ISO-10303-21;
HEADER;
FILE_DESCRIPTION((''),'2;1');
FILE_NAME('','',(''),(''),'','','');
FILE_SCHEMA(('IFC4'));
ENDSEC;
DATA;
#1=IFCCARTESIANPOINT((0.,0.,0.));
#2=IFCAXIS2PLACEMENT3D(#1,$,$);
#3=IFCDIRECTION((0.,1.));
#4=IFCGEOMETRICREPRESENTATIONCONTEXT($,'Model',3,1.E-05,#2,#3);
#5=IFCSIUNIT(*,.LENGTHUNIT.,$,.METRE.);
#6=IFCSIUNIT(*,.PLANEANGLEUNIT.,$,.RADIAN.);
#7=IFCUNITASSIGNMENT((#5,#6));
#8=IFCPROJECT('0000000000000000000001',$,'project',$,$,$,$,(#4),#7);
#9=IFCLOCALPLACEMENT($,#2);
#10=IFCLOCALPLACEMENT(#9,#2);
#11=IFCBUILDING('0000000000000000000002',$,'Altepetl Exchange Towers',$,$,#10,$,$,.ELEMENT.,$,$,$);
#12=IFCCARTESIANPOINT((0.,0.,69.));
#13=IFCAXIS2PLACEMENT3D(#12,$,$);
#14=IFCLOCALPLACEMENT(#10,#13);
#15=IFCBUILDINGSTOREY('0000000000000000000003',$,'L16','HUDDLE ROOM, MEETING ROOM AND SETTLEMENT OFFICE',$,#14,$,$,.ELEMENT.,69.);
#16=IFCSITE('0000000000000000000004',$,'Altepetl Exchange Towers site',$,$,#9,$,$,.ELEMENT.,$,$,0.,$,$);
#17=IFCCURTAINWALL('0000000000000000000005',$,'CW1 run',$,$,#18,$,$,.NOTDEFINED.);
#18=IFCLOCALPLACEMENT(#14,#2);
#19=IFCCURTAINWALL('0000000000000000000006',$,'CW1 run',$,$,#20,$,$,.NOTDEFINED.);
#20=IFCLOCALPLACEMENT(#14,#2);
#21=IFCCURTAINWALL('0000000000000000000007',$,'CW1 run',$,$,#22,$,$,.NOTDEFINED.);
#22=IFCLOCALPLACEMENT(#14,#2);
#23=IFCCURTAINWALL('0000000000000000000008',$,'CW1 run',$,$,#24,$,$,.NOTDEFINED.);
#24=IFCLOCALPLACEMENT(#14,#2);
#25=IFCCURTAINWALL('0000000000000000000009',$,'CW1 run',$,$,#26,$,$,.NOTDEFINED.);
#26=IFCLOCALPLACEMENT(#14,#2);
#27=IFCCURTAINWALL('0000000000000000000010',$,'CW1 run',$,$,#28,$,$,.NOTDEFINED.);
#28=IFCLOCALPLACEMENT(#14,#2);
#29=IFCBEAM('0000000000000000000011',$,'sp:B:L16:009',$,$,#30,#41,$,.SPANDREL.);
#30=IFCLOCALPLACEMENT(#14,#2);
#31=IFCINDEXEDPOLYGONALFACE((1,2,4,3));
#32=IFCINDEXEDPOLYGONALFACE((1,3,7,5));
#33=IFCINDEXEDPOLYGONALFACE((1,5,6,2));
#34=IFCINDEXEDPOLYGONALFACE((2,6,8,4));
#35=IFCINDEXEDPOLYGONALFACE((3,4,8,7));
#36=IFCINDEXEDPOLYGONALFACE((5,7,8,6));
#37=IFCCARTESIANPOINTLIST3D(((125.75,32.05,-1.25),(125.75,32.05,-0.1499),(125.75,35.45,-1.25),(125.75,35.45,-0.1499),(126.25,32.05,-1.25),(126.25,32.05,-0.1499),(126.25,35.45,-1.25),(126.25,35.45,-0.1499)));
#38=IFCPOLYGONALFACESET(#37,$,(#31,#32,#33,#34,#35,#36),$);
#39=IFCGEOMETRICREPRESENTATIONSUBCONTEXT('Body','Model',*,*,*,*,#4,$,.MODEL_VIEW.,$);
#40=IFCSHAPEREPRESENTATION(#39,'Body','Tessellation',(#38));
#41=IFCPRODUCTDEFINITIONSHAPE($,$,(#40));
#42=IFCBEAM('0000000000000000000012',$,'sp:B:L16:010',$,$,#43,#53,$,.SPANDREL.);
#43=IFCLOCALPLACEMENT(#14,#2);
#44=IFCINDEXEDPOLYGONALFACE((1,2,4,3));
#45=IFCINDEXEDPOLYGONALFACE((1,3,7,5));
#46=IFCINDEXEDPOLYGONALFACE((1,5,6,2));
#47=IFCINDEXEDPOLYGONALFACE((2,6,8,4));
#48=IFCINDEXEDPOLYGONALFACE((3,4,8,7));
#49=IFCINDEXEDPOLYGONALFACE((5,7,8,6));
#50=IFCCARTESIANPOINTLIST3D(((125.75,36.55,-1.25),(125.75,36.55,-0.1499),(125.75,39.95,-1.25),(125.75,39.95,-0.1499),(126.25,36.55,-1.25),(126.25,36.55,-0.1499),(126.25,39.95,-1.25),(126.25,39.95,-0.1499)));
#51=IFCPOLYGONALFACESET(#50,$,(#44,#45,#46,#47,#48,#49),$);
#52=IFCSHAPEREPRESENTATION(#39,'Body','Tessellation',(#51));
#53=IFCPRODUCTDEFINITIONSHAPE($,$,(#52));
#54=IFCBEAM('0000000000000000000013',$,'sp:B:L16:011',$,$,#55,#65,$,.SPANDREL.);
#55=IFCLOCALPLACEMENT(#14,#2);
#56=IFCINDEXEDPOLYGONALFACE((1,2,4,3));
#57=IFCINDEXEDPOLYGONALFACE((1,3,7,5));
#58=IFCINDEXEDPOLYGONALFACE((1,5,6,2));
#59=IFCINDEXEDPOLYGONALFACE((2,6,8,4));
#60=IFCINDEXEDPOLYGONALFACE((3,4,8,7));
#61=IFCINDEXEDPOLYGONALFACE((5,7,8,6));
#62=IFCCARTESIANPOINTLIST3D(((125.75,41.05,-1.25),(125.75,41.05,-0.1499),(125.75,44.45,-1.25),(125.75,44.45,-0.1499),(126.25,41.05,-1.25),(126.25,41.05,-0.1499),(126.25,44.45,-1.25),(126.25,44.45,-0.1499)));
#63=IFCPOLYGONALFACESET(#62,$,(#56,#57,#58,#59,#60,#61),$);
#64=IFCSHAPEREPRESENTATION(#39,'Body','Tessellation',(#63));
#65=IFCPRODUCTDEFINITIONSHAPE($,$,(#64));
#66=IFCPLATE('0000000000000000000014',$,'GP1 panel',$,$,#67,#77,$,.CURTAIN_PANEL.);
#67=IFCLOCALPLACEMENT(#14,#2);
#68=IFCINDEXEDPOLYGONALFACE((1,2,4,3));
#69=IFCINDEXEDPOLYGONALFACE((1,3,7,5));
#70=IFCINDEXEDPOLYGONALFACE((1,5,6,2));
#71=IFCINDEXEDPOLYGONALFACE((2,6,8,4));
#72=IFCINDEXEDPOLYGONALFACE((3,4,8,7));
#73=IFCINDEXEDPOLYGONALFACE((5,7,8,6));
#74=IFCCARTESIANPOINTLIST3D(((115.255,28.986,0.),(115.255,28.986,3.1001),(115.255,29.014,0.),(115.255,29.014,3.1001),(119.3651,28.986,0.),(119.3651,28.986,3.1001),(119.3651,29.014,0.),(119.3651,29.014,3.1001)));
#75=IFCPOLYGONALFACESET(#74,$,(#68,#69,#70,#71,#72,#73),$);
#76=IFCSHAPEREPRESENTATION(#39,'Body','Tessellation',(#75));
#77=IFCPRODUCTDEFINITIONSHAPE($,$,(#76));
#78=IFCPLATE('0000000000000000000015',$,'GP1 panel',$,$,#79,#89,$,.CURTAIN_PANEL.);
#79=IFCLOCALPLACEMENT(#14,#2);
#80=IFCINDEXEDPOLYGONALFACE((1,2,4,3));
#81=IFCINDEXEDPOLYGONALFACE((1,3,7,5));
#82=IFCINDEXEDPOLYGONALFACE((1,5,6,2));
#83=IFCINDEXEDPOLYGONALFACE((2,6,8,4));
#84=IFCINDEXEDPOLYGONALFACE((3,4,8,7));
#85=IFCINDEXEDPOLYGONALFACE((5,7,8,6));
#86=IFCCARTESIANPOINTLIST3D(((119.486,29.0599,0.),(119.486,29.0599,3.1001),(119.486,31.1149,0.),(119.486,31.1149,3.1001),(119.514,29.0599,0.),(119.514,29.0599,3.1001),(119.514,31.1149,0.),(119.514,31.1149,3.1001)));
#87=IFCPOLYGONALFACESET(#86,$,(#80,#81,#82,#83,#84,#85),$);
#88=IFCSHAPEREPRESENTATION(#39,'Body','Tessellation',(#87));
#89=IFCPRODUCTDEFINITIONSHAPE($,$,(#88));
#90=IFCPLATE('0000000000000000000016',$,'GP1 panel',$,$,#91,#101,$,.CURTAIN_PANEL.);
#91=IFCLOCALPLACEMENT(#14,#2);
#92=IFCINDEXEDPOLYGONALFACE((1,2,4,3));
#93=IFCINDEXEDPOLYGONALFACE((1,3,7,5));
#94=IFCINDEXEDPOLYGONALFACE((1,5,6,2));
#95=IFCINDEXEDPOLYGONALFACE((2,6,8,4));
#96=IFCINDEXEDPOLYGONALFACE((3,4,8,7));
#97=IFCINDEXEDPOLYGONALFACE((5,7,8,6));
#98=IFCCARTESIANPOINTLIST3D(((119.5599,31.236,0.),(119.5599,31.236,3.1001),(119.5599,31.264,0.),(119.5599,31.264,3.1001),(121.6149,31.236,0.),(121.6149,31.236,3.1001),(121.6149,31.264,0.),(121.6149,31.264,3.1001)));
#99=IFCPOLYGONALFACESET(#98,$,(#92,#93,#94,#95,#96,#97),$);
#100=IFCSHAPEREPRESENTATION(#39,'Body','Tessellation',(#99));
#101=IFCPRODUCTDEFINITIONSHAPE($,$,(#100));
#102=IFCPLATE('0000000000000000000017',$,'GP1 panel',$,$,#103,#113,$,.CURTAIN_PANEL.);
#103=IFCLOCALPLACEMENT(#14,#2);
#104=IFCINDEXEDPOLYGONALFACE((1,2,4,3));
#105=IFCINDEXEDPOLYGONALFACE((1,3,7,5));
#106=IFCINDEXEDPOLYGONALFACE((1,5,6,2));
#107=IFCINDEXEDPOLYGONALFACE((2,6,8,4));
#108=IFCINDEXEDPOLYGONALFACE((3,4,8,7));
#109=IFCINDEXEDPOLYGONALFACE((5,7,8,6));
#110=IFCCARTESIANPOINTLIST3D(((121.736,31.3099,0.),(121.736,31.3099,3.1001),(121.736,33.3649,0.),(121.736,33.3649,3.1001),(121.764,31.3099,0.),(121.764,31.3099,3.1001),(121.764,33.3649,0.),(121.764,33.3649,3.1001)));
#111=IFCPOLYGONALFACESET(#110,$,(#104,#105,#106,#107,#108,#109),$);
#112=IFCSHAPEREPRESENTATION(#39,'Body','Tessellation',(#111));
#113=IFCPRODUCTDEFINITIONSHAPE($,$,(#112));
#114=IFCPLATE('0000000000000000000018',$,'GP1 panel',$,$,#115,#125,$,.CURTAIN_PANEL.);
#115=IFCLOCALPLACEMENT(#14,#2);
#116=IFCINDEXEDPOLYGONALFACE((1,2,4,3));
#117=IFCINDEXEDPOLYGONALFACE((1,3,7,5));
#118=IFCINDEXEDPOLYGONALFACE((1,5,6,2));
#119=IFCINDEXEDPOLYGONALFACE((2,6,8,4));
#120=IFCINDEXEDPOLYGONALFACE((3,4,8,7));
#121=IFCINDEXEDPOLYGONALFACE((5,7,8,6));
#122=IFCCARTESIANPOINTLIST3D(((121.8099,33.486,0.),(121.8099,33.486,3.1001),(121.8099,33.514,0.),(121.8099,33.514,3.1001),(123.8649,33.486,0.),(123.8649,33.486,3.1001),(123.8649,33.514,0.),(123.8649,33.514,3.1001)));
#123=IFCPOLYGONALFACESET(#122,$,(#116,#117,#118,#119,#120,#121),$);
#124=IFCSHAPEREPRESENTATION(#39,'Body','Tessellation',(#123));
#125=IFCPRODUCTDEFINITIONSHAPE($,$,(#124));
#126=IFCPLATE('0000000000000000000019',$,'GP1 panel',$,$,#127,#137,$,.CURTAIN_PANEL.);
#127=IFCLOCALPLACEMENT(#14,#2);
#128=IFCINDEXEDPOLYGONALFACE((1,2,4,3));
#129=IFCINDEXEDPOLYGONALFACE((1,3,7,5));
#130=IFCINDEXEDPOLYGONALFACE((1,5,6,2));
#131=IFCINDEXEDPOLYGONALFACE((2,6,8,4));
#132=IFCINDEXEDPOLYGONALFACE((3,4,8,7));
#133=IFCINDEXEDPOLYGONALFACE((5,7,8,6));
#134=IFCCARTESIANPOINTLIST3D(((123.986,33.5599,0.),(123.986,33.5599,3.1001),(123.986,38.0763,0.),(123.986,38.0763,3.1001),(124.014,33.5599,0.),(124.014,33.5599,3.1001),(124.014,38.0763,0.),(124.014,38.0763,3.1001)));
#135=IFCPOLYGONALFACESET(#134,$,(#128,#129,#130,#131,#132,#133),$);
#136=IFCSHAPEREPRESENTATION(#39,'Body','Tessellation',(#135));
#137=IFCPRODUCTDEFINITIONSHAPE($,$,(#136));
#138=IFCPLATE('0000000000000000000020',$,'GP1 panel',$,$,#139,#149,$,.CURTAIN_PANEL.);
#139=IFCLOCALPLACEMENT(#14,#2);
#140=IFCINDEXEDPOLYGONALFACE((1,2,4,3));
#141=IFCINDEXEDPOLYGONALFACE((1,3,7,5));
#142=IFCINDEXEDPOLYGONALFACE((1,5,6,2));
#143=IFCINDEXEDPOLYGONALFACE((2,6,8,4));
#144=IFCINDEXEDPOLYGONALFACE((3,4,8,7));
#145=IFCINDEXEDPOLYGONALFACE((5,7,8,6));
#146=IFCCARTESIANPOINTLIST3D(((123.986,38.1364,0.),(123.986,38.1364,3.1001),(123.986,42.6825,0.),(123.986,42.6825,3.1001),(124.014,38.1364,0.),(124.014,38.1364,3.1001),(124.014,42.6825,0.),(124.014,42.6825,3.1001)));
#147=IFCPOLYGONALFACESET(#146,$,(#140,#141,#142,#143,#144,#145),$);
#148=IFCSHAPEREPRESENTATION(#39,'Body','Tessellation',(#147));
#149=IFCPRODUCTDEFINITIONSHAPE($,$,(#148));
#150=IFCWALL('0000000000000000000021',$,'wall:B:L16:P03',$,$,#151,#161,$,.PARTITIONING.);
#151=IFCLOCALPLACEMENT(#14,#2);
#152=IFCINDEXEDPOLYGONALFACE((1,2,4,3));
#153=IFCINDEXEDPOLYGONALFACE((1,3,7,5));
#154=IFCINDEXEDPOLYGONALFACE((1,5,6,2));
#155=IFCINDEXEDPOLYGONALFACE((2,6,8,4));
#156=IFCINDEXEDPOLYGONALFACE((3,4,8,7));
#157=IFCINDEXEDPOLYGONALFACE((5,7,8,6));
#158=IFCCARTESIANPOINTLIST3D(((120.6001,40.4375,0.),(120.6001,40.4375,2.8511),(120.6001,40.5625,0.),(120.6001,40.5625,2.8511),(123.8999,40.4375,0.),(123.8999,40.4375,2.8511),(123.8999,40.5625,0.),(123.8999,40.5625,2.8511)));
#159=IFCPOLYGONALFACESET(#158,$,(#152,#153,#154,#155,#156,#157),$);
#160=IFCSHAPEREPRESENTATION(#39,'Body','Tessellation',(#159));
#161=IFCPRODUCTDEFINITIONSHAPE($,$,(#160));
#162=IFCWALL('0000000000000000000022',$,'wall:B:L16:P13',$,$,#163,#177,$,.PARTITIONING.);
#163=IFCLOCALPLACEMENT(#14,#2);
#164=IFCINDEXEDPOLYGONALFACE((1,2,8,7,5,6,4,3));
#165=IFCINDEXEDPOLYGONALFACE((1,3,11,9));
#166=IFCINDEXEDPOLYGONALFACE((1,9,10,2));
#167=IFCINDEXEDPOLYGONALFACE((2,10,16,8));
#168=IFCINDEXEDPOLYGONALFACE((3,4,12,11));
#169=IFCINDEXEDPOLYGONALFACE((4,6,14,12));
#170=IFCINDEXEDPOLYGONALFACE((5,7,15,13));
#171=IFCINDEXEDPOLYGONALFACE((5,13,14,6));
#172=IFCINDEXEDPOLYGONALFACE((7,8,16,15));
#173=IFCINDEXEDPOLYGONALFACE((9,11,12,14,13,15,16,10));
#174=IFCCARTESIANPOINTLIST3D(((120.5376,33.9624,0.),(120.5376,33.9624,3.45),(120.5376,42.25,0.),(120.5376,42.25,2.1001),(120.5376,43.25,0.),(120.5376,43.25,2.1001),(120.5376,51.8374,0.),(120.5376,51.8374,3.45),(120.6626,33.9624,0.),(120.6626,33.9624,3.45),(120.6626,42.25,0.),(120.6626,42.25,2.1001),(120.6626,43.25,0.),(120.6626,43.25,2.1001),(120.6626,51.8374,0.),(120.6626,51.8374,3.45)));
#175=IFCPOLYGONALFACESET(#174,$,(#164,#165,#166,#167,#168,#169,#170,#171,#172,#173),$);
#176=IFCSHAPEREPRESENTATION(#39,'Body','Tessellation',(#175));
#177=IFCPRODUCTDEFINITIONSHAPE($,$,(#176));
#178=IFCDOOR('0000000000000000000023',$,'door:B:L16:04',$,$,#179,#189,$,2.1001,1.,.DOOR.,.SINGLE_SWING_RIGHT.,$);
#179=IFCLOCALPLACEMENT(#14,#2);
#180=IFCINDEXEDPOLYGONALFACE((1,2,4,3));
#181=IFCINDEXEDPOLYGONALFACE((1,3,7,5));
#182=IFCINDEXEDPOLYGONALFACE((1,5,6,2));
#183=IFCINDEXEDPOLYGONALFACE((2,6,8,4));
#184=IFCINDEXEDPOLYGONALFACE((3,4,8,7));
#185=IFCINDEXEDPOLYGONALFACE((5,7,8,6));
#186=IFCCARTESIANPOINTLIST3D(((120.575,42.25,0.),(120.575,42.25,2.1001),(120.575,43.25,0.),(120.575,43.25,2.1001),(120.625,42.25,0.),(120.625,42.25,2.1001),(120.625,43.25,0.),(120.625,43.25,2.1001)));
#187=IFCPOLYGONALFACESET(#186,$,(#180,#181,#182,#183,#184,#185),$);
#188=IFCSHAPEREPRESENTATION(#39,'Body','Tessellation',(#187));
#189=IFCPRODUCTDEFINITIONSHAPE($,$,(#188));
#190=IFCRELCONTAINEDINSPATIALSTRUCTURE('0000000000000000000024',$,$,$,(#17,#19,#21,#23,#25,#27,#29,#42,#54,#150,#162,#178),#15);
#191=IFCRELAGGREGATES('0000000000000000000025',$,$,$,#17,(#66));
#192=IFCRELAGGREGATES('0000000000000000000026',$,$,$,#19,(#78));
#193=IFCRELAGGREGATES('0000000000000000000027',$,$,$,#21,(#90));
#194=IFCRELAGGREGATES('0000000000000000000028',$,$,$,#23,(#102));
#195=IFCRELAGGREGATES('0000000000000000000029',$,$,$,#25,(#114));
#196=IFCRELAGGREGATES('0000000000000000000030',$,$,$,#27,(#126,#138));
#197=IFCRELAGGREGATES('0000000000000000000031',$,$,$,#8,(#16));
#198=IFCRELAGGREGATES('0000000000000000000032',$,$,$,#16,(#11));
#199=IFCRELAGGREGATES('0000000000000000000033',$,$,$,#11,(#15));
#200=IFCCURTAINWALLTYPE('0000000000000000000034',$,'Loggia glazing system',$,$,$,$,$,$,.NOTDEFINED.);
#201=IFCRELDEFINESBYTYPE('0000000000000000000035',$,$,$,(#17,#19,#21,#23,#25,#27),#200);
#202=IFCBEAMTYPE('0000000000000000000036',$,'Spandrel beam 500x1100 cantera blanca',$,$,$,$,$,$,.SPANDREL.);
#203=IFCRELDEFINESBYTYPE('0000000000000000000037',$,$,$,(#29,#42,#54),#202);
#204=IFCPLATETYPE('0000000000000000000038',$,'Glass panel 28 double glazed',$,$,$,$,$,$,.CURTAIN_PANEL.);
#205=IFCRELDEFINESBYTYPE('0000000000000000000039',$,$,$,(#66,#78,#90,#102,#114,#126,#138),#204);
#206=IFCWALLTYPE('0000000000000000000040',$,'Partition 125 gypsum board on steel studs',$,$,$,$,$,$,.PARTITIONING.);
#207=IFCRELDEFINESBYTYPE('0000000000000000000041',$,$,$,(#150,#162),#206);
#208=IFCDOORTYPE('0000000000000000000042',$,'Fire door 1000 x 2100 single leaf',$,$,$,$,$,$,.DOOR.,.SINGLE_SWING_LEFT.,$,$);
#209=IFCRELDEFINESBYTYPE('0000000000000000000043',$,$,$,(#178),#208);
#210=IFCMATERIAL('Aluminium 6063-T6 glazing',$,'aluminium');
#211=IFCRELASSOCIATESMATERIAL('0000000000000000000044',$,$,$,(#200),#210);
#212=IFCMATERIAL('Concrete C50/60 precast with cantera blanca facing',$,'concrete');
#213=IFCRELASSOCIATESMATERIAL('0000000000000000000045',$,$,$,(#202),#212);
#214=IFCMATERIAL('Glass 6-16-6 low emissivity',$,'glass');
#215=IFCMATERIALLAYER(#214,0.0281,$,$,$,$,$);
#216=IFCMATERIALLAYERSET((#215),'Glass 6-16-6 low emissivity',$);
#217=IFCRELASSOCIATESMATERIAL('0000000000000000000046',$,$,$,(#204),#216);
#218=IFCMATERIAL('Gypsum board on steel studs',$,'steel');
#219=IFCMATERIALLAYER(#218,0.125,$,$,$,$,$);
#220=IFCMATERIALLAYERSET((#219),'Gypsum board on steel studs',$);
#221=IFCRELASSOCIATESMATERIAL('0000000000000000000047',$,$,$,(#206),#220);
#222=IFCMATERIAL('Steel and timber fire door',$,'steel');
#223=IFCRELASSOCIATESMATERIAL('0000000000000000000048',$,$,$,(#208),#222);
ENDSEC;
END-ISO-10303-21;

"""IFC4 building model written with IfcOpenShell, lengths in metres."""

from ifc_helpers import new_model, si_unit, direction, frame, frame_2d, origin, origin_2d, place, context, subcontext, project, spatial, rectangle, extrude, material, layer, layer_set, material_profile, profile_set, type_object, element, fill, aggregate, save


model = new_model("IFC4")

# Units and contexts
model_context = context("Model", 3, precision=1e-05, world=origin(), true_north=direction((0.0, 1.0)))
body_context = subcontext(model_context, "Body", "Model", "MODEL_VIEW")
ifc_project = project(units=[si_unit("LENGTHUNIT", "METRE"), si_unit("PLANEANGLEUNIT", "RADIAN")], contexts=[model_context])

# Site, building, storey
site_placement = place(None, origin())
site = spatial("IfcSite", under=ifc_project, at=site_placement, Name="Altepetl Exchange Towers site", CompositionType="ELEMENT", RefElevation=0.0)
building_placement = place(site_placement, origin())
building = spatial("IfcBuilding", under=site, at=building_placement, Name="Altepetl Exchange Towers", CompositionType="ELEMENT")
storey_placement = place(building_placement, frame((0.0, 0.0, 69.0)))
storey = spatial("IfcBuildingStorey", under=building, at=storey_placement, Name="L16", Description="HUDDLE ROOM, MEETING ROOM AND SETTLEMENT OFFICE", CompositionType="ELEMENT", Elevation=69.0)

# Curtain wall
ifc_material_1 = material(Name="Aluminium 6063-T6 glazing", Category="aluminium")
curtain_wall_type = type_object("IfcCurtainWallType", Name="Loggia glazing system", PredefinedType="NOTDEFINED", material=ifc_material_1)
curtain_wall_1_placement = place(storey_placement, origin())
curtain_wall_1 = element("IfcCurtainWall", 1, at=curtain_wall_1_placement, inside=storey, type_object=curtain_wall_type, Name="CW1 run", PredefinedType="NOTDEFINED")

# Curtain walls
curtain_wall_2_placement = place(storey_placement, origin())
curtain_wall_2 = element("IfcCurtainWall", 2, at=curtain_wall_2_placement, inside=storey, type_object=curtain_wall_type, Name="CW1 run", PredefinedType="NOTDEFINED")
curtain_wall_3_placement = place(storey_placement, origin())
curtain_wall_3 = element("IfcCurtainWall", 3, at=curtain_wall_3_placement, inside=storey, type_object=curtain_wall_type, Name="CW1 run", PredefinedType="NOTDEFINED")
curtain_wall_4_placement = place(storey_placement, origin())
curtain_wall_4 = element("IfcCurtainWall", 4, at=curtain_wall_4_placement, inside=storey, type_object=curtain_wall_type, Name="CW1 run", PredefinedType="NOTDEFINED")
curtain_wall_5_placement = place(storey_placement, origin())
curtain_wall_5 = element("IfcCurtainWall", 5, at=curtain_wall_5_placement, inside=storey, type_object=curtain_wall_type, Name="CW1 run", PredefinedType="NOTDEFINED")
curtain_wall_6_placement = place(storey_placement, origin())
curtain_wall_6 = element("IfcCurtainWall", 6, at=curtain_wall_6_placement, inside=storey, type_object=curtain_wall_type, Name="CW1 run", PredefinedType="NOTDEFINED")

# Beams
ifc_material_2 = material(Name="Concrete C50/60 precast with cantera blanca facing", Category="concrete")
ifc_material_profile_1 = material_profile(ifc_material_2, rectangle(XDim=0.5, YDim=1.1001, at=origin_2d()), Name="500 x 1100")
ifc_profile_set_1 = profile_set([ifc_material_profile_1], Name="Concrete C50/60 precast with cantera blanca facing")
beam_type_1 = type_object("IfcBeamType", Name="Spandrel beam 500x1100 cantera blanca", PredefinedType="SPANDREL", material=ifc_profile_set_1)
for number, where, z_axis, x_axis, name in (
    (7, (126.0, 32.05, -0.7), (0.0, 1.0, 0.0), (-1.0, 0.0, 0.0), "sp:B:L16:009"),
    (8, (126.0, 36.55, -0.7), (0.0, 1.0, 0.0), (-1.0, 0.0, 0.0), "sp:B:L16:010"),
    (9, (126.0, 41.05, -0.7), (0.0, 1.0, 0.0), (-1.0, 0.0, 0.0), "sp:B:L16:011"),
):
    element("IfcBeam", number, at=place(storey_placement, frame(where, z_axis=z_axis, x_axis=x_axis)), inside=storey, type_object=beam_type_1, Name=name, PredefinedType="SPANDREL", context=body_context, shape_type="SweptSolid", body=[
        extrude(rectangle(XDim=0.5, YDim=1.1001, at=origin_2d()), origin(), (0.0, 0.0, 1.0), 3.3999),
    ])

# Plates
ifc_material_3 = material(Name="Glass 6-16-6 low emissivity", Category="glass")
ifc_layer_1 = layer(ifc_material_3, 0.0281)
ifc_layer_set_1 = layer_set([ifc_layer_1], Name="Glass 6-16-6 low emissivity")
plate_type = type_object("IfcPlateType", Name="Glass panel 28 double glazed", PredefinedType="CURTAIN_PANEL", material=ifc_layer_set_1)
plate_1_placement = place(storey_placement, frame((117.3101, 29.0, 0.0)))
plate_1 = element("IfcPlate", 10, at=plate_1_placement, type_object=plate_type, Name="GP1 panel", PredefinedType="CURTAIN_PANEL", context=body_context, shape_type="SweptSolid", body=[
    extrude(rectangle(XDim=4.1101, YDim=0.0281, at=origin_2d()), origin(), (0.0, 0.0, 1.0), 3.1001),
])
aggregate(curtain_wall_1, [plate_1])
plate_2_placement = place(storey_placement, frame((119.5, 30.0874, 0.0), z_axis=(0.0, 0.0, 1.0), x_axis=(0.0, 1.0, 0.0)))
plate_2 = element("IfcPlate", 11, at=plate_2_placement, type_object=plate_type, Name="GP1 panel", PredefinedType="CURTAIN_PANEL", context=body_context, shape_type="SweptSolid", body=[
    extrude(rectangle(XDim=2.0549, YDim=0.0281, at=origin_2d()), origin(), (0.0, 0.0, 1.0), 3.1001),
])
aggregate(curtain_wall_2, [plate_2])
plate_3_placement = place(storey_placement, frame((120.5874, 31.25, 0.0)))
plate_3 = element("IfcPlate", 12, at=plate_3_placement, type_object=plate_type, Name="GP1 panel", PredefinedType="CURTAIN_PANEL", context=body_context, shape_type="SweptSolid", body=[
    extrude(rectangle(XDim=2.0549, YDim=0.0281, at=origin_2d()), origin(), (0.0, 0.0, 1.0), 3.1001),
])
aggregate(curtain_wall_3, [plate_3])
plate_4_placement = place(storey_placement, frame((121.75, 32.3374, 0.0), z_axis=(0.0, 0.0, 1.0), x_axis=(0.0, 1.0, 0.0)))
plate_4 = element("IfcPlate", 13, at=plate_4_placement, type_object=plate_type, Name="GP1 panel", PredefinedType="CURTAIN_PANEL", context=body_context, shape_type="SweptSolid", body=[
    extrude(rectangle(XDim=2.0549, YDim=0.0281, at=origin_2d()), origin(), (0.0, 0.0, 1.0), 3.1001),
])
aggregate(curtain_wall_4, [plate_4])
plate_5_placement = place(storey_placement, frame((122.8374, 33.5, 0.0)))
plate_5 = element("IfcPlate", 14, at=plate_5_placement, type_object=plate_type, Name="GP1 panel", PredefinedType="CURTAIN_PANEL", context=body_context, shape_type="SweptSolid", body=[
    extrude(rectangle(XDim=2.0549, YDim=0.0281, at=origin_2d()), origin(), (0.0, 0.0, 1.0), 3.1001),
])
aggregate(curtain_wall_5, [plate_5])
plate_6_placement = place(storey_placement, frame((124.0, 35.8181, 0.0), z_axis=(0.0, 0.0, 1.0), x_axis=(0.0, 1.0, 0.0)))
plate_6 = element("IfcPlate", 15, at=plate_6_placement, type_object=plate_type, Name="GP1 panel", PredefinedType="CURTAIN_PANEL", context=body_context, shape_type="SweptSolid", body=[
    extrude(rectangle(XDim=4.5164, YDim=0.0281, at=origin_2d()), origin(), (0.0, 0.0, 1.0), 3.1001),
])
plate_7_placement = place(storey_placement, frame((124.0, 40.4094, 0.0), z_axis=(0.0, 0.0, 1.0), x_axis=(0.0, 1.0, 0.0)))
plate_7 = element("IfcPlate", 16, at=plate_7_placement, type_object=plate_type, Name="GP1 panel", PredefinedType="CURTAIN_PANEL", context=body_context, shape_type="SweptSolid", body=[
    extrude(rectangle(XDim=4.5461, YDim=0.0281, at=origin_2d()), origin(), (0.0, 0.0, 1.0), 3.1001),
])
aggregate(curtain_wall_6, [plate_6, plate_7])

# Wall
ifc_material_4 = material(Name="Gypsum board on steel studs", Category="steel")
ifc_layer_2 = layer(ifc_material_4, 0.125)
ifc_layer_set_2 = layer_set([ifc_layer_2], Name="Gypsum board on steel studs")
wall_type = type_object("IfcWallType", Name="Partition 125 gypsum board on steel studs", PredefinedType="PARTITIONING", material=ifc_layer_set_2)
wall_1_placement = place(storey_placement, frame((120.6001, 40.5, 0.0)))
element("IfcWall", 17, at=wall_1_placement, inside=storey, type_object=wall_type, Name="wall:B:L16:P03", PredefinedType="PARTITIONING", context=body_context, shape_type="SweptSolid", body=[
    extrude(rectangle(XDim=3.2998, YDim=0.125, at=frame_2d((1.6499, 0.0))), origin(), (0.0, 0.0, 1.0), 2.8511),
])

# Wall, opening, door
wall_2_placement = place(storey_placement, frame((120.6001, 33.9624, 0.0), z_axis=(0.0, 0.0, 1.0), x_axis=(0.0, 1.0, 0.0)))
wall_2 = element("IfcWall", 18, at=wall_2_placement, inside=storey, type_object=wall_type, Name="wall:B:L16:P13", PredefinedType="PARTITIONING", context=body_context, shape_type="SweptSolid", body=[
    extrude(rectangle(XDim=17.875, YDim=0.125, at=frame_2d((8.9375, 0.0))), origin(), (0.0, 0.0, 1.0), 3.45),
])
opening_placement = place(wall_2_placement, frame((8.2876, 0.0, 0.0)))
opening = element("IfcOpeningElement", 19, at=opening_placement, cuts=wall_2, PredefinedType="OPENING", context=body_context, shape_type="SweptSolid", body=[
    extrude(rectangle(XDim=1.0, YDim=2.1001, at=frame_2d((0.5, 1.05))), frame((0.0, 0.0725, 0.0), z_axis=(0.0, -1.0, 0.0), x_axis=(1.0, 0.0, 0.0)), (0.0, 0.0, 1.0), 0.145),
])
ifc_material_5 = material(Name="Steel and timber fire door", Category="steel")
door_type = type_object("IfcDoorType", Name="Fire door 1000 x 2100 single leaf", OperationType="SINGLE_SWING_LEFT", PredefinedType="DOOR", material=ifc_material_5)
door_placement = place(opening_placement, frame((1.0, 0.0, 0.0), x_axis=(-1.0, 0.0, 0.0)))
door = element("IfcDoor", 20, at=door_placement, inside=storey, type_object=door_type, Name="door:B:L16:04", OperationType="SINGLE_SWING_RIGHT", OverallHeight=2.1001, OverallWidth=1.0, PredefinedType="DOOR", context=body_context, shape_type="SweptSolid", body=[
    extrude(rectangle(XDim=1.0, YDim=2.1001, at=frame_2d((0.5, 1.05))), frame((0.0, 0.0249, 0.0), z_axis=(0.0, -1.0, 0.0), x_axis=(1.0, 0.0, 0.0)), (0.0, 0.0, 1.0), 0.05),
])
fill(opening, door)

save(model, "model.ifc")
